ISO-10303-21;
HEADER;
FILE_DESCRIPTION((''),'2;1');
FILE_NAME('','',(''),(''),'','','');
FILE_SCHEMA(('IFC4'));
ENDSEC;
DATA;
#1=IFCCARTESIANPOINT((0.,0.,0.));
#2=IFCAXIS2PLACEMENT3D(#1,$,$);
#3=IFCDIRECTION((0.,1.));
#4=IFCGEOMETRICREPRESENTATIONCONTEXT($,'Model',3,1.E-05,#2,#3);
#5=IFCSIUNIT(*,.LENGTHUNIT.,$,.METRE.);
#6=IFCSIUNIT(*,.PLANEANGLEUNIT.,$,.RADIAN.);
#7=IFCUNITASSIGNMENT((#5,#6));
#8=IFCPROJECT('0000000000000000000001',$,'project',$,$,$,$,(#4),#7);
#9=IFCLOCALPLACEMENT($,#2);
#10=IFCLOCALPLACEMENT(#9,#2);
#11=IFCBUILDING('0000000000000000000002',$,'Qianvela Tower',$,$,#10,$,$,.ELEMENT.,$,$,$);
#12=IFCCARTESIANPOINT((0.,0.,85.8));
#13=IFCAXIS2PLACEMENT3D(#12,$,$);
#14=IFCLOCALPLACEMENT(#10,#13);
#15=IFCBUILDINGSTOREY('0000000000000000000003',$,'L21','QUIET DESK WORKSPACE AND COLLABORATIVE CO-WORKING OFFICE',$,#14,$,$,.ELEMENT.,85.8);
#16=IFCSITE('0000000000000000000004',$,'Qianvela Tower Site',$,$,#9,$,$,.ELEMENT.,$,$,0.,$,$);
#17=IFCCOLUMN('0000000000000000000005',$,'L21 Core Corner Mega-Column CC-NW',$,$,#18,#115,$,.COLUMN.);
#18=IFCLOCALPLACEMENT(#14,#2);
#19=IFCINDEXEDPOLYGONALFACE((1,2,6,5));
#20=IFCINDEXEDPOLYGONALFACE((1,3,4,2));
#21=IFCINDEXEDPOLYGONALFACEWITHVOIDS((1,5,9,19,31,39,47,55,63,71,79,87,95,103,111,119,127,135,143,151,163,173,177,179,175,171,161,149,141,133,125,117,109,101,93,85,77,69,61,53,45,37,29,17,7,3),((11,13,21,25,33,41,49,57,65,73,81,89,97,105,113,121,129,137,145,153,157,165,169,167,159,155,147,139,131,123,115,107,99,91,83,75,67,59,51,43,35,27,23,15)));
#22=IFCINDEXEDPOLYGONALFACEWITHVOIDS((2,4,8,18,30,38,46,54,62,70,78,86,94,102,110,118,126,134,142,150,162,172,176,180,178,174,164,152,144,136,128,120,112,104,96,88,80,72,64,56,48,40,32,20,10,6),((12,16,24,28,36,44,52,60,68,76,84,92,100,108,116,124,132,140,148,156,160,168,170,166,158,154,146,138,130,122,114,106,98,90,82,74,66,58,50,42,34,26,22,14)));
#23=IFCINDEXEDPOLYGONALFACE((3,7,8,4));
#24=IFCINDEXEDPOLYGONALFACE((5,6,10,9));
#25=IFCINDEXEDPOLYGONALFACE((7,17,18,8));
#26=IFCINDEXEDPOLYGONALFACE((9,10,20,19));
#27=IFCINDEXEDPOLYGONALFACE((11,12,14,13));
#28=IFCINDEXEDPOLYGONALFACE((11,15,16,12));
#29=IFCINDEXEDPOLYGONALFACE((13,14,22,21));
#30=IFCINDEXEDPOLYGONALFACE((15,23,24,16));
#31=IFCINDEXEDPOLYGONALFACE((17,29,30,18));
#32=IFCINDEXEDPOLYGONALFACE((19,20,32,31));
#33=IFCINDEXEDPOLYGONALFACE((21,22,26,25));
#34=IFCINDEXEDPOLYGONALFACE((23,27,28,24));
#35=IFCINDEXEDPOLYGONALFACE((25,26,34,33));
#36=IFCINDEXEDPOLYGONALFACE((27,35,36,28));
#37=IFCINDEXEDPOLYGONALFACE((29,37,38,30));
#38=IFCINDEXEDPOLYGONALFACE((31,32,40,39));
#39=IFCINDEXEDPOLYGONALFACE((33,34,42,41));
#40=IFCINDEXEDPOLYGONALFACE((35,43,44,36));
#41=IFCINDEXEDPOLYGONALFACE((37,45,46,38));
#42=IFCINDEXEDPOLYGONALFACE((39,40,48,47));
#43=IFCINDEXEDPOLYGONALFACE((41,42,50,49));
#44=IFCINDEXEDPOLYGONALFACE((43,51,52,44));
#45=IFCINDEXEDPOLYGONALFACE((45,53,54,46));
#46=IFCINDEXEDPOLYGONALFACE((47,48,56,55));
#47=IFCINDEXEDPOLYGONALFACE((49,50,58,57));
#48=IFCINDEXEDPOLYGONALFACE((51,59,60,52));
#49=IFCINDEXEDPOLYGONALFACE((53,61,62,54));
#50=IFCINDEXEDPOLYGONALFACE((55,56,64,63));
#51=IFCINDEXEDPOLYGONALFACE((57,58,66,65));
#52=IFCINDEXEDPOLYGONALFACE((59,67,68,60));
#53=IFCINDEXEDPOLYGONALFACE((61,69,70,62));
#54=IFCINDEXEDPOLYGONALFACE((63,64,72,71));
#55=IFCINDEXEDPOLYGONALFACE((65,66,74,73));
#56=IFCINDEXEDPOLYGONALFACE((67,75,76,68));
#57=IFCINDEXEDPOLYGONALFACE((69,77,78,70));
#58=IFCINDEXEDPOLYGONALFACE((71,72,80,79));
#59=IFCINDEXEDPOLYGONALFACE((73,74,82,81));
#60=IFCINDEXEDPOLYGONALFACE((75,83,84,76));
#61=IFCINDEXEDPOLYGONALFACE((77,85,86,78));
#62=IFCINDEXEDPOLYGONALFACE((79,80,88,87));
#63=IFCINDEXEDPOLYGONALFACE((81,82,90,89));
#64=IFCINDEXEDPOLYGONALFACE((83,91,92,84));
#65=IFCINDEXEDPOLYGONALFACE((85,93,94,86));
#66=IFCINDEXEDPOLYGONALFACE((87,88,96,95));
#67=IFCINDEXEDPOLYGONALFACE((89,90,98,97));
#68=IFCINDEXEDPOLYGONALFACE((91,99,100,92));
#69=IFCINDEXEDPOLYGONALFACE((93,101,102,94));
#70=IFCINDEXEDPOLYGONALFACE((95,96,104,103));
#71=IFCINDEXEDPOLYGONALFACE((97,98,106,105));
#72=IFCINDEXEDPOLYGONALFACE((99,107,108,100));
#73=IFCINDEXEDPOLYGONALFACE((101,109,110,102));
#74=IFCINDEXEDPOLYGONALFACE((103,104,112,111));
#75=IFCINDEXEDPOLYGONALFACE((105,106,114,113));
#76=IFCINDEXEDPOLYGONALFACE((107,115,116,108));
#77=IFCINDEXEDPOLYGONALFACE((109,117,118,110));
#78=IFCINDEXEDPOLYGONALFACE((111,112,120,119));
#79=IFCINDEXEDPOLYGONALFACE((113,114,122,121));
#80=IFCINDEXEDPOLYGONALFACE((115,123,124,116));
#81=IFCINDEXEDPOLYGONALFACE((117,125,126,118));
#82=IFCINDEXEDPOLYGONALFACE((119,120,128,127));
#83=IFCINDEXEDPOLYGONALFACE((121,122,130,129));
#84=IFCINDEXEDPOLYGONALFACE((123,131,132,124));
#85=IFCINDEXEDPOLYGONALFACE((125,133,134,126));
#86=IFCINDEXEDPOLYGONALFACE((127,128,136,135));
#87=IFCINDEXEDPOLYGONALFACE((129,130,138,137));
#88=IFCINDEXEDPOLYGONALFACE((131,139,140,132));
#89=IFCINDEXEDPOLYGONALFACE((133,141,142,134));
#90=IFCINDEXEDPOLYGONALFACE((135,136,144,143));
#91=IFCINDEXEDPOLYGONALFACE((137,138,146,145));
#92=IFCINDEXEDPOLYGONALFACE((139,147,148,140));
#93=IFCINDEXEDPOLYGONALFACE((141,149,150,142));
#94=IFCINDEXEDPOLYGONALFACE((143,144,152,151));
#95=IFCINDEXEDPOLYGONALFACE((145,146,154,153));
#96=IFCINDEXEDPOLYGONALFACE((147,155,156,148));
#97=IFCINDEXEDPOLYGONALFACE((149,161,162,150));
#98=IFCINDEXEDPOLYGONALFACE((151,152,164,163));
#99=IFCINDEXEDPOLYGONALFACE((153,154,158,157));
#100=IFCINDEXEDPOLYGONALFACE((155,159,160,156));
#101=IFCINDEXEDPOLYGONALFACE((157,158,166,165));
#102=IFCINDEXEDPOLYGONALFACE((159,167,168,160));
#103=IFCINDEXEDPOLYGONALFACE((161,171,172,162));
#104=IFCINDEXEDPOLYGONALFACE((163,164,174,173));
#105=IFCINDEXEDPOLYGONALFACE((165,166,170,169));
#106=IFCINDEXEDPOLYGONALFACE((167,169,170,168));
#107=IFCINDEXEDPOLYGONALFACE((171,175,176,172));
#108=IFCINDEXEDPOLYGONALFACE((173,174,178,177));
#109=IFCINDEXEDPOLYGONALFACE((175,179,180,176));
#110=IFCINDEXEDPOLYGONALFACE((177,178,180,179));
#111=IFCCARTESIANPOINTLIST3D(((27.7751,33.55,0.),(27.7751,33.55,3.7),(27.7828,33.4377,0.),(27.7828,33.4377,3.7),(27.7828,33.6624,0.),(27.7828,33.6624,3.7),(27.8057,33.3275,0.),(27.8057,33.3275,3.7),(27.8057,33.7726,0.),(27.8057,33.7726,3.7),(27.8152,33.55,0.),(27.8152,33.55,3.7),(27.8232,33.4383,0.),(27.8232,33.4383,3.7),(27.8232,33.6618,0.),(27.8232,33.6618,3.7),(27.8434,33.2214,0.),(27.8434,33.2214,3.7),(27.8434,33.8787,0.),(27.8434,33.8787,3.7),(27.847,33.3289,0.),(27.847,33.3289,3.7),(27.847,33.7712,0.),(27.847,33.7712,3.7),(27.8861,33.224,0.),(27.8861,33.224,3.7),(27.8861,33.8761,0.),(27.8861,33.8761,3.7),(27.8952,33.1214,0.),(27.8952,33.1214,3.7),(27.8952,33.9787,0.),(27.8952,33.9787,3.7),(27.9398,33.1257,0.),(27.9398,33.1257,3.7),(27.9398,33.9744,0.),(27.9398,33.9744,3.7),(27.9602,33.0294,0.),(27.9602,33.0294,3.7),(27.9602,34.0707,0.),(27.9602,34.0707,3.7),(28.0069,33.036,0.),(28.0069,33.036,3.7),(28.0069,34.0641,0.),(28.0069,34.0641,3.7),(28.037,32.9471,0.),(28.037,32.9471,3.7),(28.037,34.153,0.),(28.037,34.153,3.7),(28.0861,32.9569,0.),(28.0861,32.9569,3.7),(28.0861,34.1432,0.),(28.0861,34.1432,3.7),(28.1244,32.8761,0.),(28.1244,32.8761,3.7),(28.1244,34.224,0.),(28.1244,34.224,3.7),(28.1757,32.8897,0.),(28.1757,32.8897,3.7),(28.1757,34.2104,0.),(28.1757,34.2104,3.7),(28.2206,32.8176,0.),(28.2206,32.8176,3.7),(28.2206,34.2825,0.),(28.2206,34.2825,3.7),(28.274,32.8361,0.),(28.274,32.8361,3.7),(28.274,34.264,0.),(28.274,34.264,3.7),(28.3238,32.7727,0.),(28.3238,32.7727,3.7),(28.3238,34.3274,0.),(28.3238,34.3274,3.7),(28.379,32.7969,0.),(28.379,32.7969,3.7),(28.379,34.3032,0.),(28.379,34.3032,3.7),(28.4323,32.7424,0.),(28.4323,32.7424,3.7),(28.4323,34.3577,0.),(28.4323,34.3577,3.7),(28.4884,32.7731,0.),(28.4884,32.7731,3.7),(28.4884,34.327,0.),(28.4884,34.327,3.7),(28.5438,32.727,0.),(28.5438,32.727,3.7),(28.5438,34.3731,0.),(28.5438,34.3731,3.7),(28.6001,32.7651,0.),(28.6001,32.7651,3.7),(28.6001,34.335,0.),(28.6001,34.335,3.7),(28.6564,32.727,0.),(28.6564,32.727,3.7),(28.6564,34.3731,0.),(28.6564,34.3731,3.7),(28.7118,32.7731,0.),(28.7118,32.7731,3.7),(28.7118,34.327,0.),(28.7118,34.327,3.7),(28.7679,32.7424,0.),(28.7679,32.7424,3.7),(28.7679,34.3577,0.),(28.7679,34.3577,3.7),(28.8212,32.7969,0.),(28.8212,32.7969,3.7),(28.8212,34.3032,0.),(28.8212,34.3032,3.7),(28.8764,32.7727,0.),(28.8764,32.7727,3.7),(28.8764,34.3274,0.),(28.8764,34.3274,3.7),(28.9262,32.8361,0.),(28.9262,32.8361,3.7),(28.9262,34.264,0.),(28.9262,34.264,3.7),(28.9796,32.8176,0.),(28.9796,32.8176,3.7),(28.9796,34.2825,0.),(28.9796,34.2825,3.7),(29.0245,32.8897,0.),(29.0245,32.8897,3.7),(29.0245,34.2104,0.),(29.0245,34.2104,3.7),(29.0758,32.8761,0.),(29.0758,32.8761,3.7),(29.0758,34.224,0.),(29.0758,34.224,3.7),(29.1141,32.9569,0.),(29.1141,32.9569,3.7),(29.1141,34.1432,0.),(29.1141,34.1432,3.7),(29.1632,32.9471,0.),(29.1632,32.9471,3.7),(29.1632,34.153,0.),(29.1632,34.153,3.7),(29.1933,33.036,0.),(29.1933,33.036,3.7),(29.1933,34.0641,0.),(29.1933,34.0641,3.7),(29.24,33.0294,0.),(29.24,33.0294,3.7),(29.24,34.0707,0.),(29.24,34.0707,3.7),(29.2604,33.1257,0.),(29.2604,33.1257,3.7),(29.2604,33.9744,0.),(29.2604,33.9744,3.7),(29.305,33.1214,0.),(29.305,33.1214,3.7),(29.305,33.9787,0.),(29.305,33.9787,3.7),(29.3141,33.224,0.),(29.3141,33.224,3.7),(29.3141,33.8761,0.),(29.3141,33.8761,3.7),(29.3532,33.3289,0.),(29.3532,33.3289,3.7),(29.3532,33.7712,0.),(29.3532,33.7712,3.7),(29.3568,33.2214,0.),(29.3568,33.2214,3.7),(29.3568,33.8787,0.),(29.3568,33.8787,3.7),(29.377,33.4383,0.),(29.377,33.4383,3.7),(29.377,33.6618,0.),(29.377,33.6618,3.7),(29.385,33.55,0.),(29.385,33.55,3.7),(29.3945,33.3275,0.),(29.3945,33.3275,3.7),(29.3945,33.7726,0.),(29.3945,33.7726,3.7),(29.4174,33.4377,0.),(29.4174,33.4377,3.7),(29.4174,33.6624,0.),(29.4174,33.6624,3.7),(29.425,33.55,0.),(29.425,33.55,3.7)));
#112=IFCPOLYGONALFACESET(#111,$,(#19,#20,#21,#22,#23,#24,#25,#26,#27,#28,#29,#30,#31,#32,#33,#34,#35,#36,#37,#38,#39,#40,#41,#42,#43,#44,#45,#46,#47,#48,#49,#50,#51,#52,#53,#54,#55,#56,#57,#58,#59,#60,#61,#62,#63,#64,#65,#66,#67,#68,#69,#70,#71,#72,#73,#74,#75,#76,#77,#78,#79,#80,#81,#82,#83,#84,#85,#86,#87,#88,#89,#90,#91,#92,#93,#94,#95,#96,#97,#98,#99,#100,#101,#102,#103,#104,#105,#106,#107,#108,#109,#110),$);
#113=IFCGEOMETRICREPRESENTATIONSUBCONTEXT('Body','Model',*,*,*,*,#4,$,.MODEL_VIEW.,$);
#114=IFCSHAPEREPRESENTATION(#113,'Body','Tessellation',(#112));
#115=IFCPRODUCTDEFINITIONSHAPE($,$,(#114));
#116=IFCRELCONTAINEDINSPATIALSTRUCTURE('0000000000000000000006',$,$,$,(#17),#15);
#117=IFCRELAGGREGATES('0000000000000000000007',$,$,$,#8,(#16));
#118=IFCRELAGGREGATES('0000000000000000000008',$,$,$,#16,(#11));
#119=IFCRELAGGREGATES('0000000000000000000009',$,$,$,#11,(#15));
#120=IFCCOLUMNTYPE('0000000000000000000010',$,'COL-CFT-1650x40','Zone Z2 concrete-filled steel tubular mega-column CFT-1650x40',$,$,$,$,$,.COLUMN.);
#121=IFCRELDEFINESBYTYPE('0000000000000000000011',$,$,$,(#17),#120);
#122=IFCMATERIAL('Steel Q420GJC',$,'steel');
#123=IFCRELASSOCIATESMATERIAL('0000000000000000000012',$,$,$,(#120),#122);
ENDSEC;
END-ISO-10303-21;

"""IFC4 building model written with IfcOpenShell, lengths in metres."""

from ifc_helpers import new_model, si_unit, direction, frame, origin, origin_2d, place, context, subcontext, project, spatial, hollow_circle, extrude, material, material_profile, profile_set, type_object, element, save


model = new_model("IFC4")

# Units and contexts
model_context = context("Model", 3, precision=1e-05, world=origin(), true_north=direction((0.0, 1.0)))
body_context = subcontext(model_context, "Body", "Model", "MODEL_VIEW")
ifc_project = project(units=[si_unit("LENGTHUNIT", "METRE"), si_unit("PLANEANGLEUNIT", "RADIAN")], contexts=[model_context])

# Site, building, storey
site_placement = place(None, origin())
site = spatial("IfcSite", under=ifc_project, at=site_placement, Name="Qianvela Tower Site", CompositionType="ELEMENT", RefElevation=0.0)
building_placement = place(site_placement, origin())
building = spatial("IfcBuilding", under=site, at=building_placement, Name="Qianvela Tower", CompositionType="ELEMENT")
storey_placement = place(building_placement, frame((0.0, 0.0, 85.8)))
storey = spatial("IfcBuildingStorey", under=building, at=storey_placement, Name="L21", Description="QUIET DESK WORKSPACE AND COLLABORATIVE CO-WORKING OFFICE", CompositionType="ELEMENT", Elevation=85.8)

# Column
ifc_material_1 = material(Name="Steel Q420GJC", Category="steel")
ifc_material_profile_1 = material_profile(ifc_material_1, hollow_circle(Radius=0.825, WallThickness=0.04, at=origin_2d()), Name="CFT-1650x40")
ifc_profile_set_1 = profile_set([ifc_material_profile_1], Name="Steel Q420GJC")
column_type = type_object("IfcColumnType", Name="COL-CFT-1650x40", Description="Zone Z2 concrete-filled steel tubular mega-column CFT-1650x40", PredefinedType="COLUMN", material=ifc_profile_set_1)
for number, where, z_axis, x_axis, name in (
    (1, (28.6001, 33.55, 0.0), (0.0, 0.0, 1.0), (1.0, 0.0, 0.0), "L21 Core Corner Mega-Column CC-NW"),
):
    element("IfcColumn", number, at=place(storey_placement, frame(where, z_axis=z_axis, x_axis=x_axis)), inside=storey, type_object=column_type, Name=name, PredefinedType="COLUMN", context=body_context, shape_type="SweptSolid", body=[
        extrude(hollow_circle(Radius=0.825, WallThickness=0.04, at=origin_2d()), origin(), (0.0, 0.0, 1.0), 3.7),
    ])

save(model, "model.ifc")
